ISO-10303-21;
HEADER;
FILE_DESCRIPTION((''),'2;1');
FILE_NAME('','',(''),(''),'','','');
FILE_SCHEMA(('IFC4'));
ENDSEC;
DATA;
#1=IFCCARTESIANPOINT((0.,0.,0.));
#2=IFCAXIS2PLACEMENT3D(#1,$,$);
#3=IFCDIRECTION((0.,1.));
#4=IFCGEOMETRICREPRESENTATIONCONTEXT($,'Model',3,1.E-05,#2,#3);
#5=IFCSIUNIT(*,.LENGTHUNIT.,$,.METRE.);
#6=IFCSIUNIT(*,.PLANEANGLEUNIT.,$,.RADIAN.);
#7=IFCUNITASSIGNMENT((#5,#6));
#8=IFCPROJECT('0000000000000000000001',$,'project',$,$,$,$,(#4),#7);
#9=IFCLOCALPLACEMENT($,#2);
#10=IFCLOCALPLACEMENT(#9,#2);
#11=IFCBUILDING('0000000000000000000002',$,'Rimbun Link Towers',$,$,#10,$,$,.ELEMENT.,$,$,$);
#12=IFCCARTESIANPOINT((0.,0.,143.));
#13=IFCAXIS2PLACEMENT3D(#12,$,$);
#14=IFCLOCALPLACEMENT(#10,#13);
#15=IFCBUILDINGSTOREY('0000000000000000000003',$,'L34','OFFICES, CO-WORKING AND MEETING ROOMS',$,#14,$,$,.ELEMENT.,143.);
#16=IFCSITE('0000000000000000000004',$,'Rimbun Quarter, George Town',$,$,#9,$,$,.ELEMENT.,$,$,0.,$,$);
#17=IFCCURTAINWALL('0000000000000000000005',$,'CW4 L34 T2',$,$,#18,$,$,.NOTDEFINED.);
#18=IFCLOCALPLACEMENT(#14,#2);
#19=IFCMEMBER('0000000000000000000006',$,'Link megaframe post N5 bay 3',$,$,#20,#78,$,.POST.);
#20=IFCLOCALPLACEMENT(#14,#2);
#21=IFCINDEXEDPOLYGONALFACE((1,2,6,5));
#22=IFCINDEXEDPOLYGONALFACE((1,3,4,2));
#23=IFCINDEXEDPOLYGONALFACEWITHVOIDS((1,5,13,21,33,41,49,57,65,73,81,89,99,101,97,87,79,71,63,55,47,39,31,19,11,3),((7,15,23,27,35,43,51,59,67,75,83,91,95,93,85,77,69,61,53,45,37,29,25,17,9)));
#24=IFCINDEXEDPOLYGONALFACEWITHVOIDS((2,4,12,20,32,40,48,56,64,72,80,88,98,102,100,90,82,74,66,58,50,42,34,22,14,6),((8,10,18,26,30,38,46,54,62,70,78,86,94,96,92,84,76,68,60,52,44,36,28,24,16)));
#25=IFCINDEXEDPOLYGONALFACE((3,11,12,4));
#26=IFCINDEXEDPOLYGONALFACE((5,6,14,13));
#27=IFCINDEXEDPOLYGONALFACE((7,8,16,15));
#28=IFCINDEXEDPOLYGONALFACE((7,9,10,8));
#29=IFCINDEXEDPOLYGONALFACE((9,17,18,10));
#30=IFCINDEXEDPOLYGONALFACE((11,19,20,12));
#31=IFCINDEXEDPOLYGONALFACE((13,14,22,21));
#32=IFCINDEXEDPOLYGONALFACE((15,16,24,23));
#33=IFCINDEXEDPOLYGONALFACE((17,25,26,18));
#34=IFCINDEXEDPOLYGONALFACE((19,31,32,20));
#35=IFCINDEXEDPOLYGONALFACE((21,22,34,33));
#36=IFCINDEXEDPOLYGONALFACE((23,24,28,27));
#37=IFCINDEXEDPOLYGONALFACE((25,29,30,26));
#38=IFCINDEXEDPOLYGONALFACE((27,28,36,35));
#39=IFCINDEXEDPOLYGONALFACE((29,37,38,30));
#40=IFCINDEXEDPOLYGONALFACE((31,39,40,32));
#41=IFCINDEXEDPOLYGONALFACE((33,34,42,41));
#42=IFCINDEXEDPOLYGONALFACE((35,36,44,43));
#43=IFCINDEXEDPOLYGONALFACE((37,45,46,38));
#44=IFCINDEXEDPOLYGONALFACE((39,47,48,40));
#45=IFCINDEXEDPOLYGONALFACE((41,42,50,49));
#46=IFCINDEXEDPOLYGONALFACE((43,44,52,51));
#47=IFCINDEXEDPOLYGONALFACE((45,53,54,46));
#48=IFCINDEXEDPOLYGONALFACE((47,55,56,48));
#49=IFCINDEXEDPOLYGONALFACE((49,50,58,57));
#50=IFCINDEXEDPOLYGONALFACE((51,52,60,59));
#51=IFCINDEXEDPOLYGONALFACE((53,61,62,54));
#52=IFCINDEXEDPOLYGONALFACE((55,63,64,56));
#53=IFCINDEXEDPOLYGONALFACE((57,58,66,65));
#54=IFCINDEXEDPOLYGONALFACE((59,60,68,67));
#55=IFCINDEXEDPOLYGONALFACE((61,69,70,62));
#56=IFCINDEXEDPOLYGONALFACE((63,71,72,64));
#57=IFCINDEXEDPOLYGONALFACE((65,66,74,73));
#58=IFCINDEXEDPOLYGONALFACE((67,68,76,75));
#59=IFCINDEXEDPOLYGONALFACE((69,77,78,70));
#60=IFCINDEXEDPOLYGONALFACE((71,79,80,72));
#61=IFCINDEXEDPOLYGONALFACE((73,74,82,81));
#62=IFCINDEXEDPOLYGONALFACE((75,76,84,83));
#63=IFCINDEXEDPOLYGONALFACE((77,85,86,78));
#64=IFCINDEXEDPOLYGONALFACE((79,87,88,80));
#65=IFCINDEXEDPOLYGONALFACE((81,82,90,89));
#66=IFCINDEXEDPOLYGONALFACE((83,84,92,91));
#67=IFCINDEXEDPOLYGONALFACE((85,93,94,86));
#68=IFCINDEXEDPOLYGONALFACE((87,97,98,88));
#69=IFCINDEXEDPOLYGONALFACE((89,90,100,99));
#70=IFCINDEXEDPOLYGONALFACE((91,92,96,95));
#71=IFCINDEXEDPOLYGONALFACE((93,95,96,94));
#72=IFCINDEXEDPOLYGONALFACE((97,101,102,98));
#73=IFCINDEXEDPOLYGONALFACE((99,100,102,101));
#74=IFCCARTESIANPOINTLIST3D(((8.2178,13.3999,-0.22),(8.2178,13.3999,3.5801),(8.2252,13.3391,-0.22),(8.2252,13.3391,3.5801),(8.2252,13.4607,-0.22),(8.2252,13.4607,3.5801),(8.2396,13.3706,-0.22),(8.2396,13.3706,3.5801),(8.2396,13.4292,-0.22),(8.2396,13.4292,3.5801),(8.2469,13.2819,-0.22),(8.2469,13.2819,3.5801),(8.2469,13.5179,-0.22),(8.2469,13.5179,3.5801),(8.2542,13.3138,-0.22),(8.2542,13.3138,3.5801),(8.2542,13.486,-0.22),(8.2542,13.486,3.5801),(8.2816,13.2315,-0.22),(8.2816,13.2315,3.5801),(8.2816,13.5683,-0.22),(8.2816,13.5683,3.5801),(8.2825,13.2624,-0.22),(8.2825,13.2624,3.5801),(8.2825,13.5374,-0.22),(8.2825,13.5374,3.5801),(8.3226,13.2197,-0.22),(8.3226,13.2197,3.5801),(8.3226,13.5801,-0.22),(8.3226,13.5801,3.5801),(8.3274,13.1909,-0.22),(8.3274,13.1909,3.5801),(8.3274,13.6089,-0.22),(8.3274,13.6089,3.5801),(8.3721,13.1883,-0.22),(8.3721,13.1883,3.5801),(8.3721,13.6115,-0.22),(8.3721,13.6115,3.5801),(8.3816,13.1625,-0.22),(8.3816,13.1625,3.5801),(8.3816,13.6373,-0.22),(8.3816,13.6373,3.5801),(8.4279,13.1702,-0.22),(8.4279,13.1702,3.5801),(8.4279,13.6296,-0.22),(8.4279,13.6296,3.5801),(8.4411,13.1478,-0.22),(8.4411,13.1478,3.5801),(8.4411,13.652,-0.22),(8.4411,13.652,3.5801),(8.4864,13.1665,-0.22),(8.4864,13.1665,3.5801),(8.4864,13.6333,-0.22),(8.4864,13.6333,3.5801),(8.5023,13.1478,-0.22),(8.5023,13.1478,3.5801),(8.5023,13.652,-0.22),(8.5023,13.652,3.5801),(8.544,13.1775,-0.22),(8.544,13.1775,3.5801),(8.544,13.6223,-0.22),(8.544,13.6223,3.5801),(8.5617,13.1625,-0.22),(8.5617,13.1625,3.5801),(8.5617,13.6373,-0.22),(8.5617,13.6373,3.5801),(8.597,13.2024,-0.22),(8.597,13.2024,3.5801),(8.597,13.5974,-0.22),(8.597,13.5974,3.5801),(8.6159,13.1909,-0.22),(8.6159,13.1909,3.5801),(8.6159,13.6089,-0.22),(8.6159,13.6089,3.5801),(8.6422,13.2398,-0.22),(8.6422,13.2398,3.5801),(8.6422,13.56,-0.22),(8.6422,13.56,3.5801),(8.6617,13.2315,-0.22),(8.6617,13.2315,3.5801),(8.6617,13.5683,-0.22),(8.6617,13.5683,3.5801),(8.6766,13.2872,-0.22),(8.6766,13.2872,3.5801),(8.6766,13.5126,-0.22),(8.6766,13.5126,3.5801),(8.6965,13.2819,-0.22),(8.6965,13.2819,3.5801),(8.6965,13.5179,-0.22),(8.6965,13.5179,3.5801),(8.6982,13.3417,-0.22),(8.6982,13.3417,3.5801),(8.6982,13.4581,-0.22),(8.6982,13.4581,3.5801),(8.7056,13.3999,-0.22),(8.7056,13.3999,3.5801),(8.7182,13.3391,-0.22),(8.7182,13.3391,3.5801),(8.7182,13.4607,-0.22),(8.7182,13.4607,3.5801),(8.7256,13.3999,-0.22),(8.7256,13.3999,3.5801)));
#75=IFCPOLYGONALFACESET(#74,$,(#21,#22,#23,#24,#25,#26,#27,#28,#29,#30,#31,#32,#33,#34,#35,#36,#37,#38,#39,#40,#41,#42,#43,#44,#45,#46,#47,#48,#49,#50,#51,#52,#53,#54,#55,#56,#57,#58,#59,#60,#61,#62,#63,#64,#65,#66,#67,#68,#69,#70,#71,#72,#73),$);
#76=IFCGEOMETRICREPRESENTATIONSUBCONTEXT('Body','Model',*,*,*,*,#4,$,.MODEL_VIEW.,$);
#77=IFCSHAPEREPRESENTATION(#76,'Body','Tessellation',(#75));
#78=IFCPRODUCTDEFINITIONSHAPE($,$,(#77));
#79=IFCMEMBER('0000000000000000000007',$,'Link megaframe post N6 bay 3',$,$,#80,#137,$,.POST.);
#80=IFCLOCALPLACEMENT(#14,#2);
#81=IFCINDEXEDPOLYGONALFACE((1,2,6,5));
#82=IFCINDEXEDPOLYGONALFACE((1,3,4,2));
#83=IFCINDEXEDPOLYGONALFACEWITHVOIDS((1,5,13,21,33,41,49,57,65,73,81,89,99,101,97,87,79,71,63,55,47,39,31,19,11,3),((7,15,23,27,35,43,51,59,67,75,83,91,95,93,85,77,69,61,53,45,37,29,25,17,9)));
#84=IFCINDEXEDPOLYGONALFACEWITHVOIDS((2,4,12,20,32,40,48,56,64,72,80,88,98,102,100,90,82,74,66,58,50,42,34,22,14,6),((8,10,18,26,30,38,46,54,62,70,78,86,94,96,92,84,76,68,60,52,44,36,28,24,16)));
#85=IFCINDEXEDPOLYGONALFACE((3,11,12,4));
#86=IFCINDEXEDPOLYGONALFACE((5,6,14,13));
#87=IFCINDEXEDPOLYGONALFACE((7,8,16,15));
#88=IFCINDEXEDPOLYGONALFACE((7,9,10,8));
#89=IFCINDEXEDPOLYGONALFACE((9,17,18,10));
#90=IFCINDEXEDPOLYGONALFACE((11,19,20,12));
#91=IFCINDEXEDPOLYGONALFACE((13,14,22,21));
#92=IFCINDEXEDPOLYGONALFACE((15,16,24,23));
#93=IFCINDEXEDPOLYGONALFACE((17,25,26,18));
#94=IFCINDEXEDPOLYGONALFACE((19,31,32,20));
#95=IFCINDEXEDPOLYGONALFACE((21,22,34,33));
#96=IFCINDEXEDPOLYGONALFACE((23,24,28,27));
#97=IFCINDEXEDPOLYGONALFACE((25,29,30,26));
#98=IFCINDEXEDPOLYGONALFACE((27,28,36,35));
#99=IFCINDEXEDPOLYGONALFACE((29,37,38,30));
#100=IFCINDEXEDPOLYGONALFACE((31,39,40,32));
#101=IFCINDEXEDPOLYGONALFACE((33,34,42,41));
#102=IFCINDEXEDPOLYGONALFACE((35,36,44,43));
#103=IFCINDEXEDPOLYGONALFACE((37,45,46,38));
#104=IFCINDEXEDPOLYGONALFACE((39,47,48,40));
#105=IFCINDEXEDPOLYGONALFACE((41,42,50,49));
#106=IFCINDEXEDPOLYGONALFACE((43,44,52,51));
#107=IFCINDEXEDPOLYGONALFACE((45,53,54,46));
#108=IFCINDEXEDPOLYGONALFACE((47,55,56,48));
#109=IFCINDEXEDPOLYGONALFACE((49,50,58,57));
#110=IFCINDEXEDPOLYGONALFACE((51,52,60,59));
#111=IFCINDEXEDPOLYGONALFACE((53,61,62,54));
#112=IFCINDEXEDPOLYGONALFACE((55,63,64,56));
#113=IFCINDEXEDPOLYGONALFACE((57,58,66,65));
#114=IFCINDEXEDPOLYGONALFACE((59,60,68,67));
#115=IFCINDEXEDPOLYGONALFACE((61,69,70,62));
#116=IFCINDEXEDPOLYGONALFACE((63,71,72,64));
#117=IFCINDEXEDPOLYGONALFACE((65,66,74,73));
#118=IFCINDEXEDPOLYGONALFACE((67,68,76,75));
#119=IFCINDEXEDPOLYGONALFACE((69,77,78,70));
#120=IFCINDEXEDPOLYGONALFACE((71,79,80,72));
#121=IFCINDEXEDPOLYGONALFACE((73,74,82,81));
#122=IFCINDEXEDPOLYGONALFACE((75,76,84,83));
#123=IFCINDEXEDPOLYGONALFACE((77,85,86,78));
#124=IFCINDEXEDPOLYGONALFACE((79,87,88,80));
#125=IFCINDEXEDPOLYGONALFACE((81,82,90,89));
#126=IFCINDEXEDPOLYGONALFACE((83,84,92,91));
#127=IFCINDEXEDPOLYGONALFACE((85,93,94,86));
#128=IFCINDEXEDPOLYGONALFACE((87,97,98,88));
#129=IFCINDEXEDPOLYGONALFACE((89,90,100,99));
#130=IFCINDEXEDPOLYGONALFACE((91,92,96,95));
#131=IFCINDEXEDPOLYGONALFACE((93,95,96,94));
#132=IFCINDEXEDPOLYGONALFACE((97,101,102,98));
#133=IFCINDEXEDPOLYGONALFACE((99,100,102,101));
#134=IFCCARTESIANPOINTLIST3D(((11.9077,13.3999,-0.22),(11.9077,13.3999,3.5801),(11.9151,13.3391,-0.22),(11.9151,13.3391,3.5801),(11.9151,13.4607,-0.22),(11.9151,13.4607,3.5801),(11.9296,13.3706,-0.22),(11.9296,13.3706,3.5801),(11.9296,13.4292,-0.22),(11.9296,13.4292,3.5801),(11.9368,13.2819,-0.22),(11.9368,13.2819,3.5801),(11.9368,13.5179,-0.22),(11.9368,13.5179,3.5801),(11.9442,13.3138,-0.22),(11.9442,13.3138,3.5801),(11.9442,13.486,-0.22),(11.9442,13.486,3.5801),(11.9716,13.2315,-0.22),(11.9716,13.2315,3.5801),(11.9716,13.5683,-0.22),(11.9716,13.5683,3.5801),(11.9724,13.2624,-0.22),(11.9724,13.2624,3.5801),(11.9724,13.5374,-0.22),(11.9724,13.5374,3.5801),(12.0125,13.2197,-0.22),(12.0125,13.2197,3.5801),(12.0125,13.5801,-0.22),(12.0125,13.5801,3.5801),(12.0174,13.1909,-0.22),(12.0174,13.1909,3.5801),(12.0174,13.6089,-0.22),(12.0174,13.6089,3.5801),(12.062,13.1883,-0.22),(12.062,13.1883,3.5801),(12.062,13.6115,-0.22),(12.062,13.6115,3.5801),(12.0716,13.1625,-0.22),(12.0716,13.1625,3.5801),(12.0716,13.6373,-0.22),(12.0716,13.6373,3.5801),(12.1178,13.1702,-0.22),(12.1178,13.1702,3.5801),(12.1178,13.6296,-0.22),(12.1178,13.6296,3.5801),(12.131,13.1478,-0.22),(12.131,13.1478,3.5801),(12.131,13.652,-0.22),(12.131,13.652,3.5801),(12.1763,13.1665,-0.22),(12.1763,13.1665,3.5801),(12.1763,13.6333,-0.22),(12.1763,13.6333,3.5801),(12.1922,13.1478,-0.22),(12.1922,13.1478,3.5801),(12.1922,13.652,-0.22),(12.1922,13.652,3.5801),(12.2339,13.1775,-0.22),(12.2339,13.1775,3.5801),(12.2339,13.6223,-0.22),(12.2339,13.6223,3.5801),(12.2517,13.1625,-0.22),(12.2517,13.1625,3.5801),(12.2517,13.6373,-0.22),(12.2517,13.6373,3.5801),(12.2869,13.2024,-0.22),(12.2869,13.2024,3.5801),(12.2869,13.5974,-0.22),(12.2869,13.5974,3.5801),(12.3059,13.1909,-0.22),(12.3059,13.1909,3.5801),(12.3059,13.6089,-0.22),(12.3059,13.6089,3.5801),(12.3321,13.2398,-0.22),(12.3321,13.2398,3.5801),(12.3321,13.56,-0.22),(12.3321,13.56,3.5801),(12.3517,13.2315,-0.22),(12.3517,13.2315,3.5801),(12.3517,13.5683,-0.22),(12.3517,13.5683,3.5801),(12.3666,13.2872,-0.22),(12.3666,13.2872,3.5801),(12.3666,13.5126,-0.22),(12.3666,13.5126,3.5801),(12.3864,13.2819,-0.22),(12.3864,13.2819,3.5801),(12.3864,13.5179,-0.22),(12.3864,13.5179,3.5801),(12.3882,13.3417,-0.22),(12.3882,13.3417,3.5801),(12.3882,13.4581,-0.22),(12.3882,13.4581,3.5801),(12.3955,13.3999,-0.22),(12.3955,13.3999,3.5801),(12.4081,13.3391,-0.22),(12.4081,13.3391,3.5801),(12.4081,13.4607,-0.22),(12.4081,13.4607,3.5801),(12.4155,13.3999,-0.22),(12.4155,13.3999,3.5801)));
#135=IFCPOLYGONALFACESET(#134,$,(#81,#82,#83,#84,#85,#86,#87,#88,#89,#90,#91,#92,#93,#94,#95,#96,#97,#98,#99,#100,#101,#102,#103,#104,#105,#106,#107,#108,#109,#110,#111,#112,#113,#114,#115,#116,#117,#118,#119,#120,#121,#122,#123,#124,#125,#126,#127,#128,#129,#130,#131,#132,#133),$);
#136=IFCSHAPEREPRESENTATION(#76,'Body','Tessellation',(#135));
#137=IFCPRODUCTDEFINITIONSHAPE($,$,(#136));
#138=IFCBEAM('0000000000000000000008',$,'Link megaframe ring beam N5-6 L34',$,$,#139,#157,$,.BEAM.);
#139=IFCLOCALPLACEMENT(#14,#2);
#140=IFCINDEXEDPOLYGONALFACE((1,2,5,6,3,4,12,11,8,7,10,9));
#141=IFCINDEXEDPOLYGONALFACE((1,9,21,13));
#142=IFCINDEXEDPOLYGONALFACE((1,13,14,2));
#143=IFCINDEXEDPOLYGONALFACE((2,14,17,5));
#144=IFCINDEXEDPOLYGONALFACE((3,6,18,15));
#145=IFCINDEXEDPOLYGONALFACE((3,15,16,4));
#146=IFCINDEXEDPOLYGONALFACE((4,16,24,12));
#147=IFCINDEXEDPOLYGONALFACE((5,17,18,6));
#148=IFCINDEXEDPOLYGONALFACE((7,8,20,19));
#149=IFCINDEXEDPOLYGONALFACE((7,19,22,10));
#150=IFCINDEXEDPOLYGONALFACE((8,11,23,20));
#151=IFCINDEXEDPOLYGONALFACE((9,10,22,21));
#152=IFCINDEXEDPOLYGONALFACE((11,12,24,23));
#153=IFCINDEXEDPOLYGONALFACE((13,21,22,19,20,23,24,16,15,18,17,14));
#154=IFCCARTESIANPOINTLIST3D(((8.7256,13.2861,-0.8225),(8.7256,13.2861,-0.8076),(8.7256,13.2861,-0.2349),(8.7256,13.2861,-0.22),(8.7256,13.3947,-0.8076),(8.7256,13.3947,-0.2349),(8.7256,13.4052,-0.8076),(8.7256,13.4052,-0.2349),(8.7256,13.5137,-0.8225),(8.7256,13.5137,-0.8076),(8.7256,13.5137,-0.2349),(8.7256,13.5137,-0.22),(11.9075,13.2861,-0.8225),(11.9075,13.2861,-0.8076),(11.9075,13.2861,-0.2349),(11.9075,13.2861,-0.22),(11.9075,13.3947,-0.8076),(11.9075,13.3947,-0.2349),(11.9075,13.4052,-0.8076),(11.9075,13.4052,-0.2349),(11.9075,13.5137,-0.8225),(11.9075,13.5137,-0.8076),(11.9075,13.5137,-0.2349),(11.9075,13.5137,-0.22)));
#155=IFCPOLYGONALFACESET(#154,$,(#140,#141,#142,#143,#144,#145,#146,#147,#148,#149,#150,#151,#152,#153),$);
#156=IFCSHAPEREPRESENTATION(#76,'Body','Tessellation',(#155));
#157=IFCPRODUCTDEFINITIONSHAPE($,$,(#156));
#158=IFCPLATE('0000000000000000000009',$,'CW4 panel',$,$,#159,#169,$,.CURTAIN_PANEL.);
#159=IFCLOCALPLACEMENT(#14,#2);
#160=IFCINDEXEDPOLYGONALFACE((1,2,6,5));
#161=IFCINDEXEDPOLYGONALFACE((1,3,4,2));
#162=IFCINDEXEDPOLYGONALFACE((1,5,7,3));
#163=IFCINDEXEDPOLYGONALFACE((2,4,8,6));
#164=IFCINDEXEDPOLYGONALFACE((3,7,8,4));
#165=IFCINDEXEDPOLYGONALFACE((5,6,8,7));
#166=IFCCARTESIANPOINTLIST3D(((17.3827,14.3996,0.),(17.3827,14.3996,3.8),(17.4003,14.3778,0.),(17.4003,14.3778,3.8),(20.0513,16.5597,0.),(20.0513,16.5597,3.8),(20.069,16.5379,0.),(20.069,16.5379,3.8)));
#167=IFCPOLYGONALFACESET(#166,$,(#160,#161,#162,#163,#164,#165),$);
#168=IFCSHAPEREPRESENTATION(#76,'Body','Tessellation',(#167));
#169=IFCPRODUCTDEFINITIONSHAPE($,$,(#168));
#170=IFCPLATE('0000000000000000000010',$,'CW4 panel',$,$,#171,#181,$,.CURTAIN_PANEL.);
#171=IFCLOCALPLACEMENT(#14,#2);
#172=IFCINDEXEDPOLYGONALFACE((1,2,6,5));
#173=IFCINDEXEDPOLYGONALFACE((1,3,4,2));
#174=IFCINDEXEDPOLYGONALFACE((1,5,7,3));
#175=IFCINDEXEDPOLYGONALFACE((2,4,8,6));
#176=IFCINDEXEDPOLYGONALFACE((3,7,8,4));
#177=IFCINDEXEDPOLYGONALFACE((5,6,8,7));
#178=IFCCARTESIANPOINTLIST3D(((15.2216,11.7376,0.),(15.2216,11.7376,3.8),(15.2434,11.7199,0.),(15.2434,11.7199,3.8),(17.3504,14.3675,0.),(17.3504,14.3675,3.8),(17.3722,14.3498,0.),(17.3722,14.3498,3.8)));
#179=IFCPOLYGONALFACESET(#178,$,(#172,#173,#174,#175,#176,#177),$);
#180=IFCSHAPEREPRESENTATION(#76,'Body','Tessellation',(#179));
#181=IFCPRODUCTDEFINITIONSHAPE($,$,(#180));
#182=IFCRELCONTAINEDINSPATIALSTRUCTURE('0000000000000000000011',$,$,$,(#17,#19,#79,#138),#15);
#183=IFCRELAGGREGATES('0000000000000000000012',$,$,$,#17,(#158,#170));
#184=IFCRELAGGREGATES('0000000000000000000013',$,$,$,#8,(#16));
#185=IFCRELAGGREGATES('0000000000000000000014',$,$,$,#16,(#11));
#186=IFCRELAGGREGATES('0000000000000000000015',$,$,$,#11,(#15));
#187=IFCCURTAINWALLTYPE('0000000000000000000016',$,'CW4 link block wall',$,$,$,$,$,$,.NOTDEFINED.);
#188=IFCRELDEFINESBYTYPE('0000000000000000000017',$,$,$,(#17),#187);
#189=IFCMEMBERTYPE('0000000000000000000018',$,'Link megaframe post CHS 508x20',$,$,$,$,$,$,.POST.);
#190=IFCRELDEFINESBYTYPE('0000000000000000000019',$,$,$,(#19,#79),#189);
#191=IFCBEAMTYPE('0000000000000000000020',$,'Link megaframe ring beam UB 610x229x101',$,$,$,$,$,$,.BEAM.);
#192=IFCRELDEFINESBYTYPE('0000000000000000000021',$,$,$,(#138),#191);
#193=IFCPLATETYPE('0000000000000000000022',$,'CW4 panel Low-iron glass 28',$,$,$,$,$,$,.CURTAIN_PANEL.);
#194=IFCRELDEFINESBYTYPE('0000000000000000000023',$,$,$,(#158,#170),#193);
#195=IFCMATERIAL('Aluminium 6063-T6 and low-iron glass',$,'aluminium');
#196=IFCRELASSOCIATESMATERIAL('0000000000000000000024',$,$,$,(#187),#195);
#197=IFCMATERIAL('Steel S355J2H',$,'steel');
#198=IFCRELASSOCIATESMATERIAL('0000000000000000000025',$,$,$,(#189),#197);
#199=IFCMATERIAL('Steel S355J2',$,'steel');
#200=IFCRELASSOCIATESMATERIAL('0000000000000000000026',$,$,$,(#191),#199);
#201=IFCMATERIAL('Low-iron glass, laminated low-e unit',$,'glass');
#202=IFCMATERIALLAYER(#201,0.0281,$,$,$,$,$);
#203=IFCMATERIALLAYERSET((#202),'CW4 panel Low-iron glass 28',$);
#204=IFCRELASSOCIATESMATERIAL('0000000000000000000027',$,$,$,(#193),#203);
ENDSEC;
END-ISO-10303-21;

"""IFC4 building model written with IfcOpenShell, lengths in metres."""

from ifc_helpers import new_model, si_unit, direction, frame, origin, origin_2d, place, context, subcontext, project, spatial, rectangle, hollow_circle, i_section, extrude, material, layer, layer_set, material_profile, profile_set, type_object, element, aggregate, save


model = new_model("IFC4")

# Units and contexts
model_context = context("Model", 3, precision=1e-05, world=origin(), true_north=direction((0.0, 1.0)))
body_context = subcontext(model_context, "Body", "Model", "MODEL_VIEW")
ifc_project = project(units=[si_unit("LENGTHUNIT", "METRE"), si_unit("PLANEANGLEUNIT", "RADIAN")], contexts=[model_context])

# Site, building, storey
site_placement = place(None, origin())
site = spatial("IfcSite", under=ifc_project, at=site_placement, Name="Rimbun Quarter, George Town", CompositionType="ELEMENT", RefElevation=0.0)
building_placement = place(site_placement, origin())
building = spatial("IfcBuilding", under=site, at=building_placement, Name="Rimbun Link Towers", CompositionType="ELEMENT")
storey_placement = place(building_placement, frame((0.0, 0.0, 143.0)))
storey = spatial("IfcBuildingStorey", under=building, at=storey_placement, Name="L34", Description="OFFICES, CO-WORKING AND MEETING ROOMS", CompositionType="ELEMENT", Elevation=143.0)

# Curtain wall
ifc_material_1 = material(Name="Aluminium 6063-T6 and low-iron glass", Category="aluminium")
curtain_wall_type = type_object("IfcCurtainWallType", Name="CW4 link block wall", PredefinedType="NOTDEFINED", material=ifc_material_1)
curtain_wall_placement = place(storey_placement, origin())
curtain_wall = element("IfcCurtainWall", 1, at=curtain_wall_placement, inside=storey, type_object=curtain_wall_type, Name="CW4 L34 T2", PredefinedType="NOTDEFINED")

# Members
ifc_material_2 = material(Name="Steel S355J2H", Category="steel")
ifc_material_profile_1 = material_profile(ifc_material_2, hollow_circle(Radius=0.2539, WallThickness=0.02, at=origin_2d()), Name="CHS 508x20")
ifc_profile_set_1 = profile_set([ifc_material_profile_1], Name="Steel S355J2H")
member_type_1 = type_object("IfcMemberType", Name="Link megaframe post CHS 508x20", PredefinedType="POST", material=ifc_profile_set_1)
for number, where, z_axis, x_axis, name in (
    (2, (8.4717, 13.3999, -0.22), (0.0, 0.0, 1.0), (1.0, 0.0, 0.0), "Link megaframe post N5 bay 3"),
    (3, (12.1616, 13.3999, -0.22), (0.0, 0.0, 1.0), (1.0, 0.0, 0.0), "Link megaframe post N6 bay 3"),
):
    element("IfcMember", number, at=place(storey_placement, frame(where, z_axis=z_axis, x_axis=x_axis)), inside=storey, type_object=member_type_1, Name=name, PredefinedType="POST", context=body_context, shape_type="SweptSolid", body=[
        extrude(hollow_circle(Radius=0.2539, WallThickness=0.02, at=origin_2d()), origin(), (0.0, 0.0, 1.0), 3.8),
    ])

# Beam
ifc_material_3 = material(Name="Steel S355J2", Category="steel")
ifc_material_profile_2 = material_profile(ifc_material_3, i_section(OverallWidth=0.2275, OverallDepth=0.6025, WebThickness=0.0105, FlangeThickness=0.0149, at=origin_2d()), Name="UB 610x229x101")
ifc_profile_set_2 = profile_set([ifc_material_profile_2], Name="Steel S355J2")
beam_type = type_object("IfcBeamType", Name="Link megaframe ring beam UB 610x229x101", PredefinedType="BEAM", material=ifc_profile_set_2)
beam_placement = place(storey_placement, frame((8.7256, 13.3999, -0.5212), z_axis=(1.0, 0.0, 0.0), x_axis=(0.0, 1.0, 0.0)))
element("IfcBeam", 4, at=beam_placement, inside=storey, type_object=beam_type, Name="Link megaframe ring beam N5-6 L34", PredefinedType="BEAM", context=body_context, shape_type="SweptSolid", body=[
    extrude(i_section(OverallWidth=0.2275, OverallDepth=0.6025, WebThickness=0.0105, FlangeThickness=0.0149, at=origin_2d()), origin(), (0.0, 0.0, 1.0), 3.1819),
])

# Plates
ifc_material_4 = material(Name="Low-iron glass, laminated low-e unit", Category="glass")
ifc_layer_1 = layer(ifc_material_4, 0.0281)
ifc_layer_set_1 = layer_set([ifc_layer_1], Name="CW4 panel Low-iron glass 28")
plate_type = type_object("IfcPlateType", Name="CW4 panel Low-iron glass 28", PredefinedType="CURTAIN_PANEL", material=ifc_layer_set_1)
plate_1_placement = place(storey_placement, frame((18.7258, 15.4688, 0.0), z_axis=(0.0, 0.0, 1.0), x_axis=(0.777277, 0.629159, 0.0)))
plate_1 = element("IfcPlate", 5, at=plate_1_placement, type_object=plate_type, Name="CW4 panel", PredefinedType="CURTAIN_PANEL", context=body_context, shape_type="SweptSolid", body=[
    extrude(rectangle(XDim=3.4333, YDim=0.0281, at=origin_2d()), origin(), (0.0, 0.0, 1.0), 3.8),
])
plate_2_placement = place(storey_placement, frame((16.2969, 13.0437, 0.0), z_axis=(0.0, 0.0, 1.0), x_axis=(0.629159, 0.777277, 0.0)))
plate_2 = element("IfcPlate", 6, at=plate_2_placement, type_object=plate_type, Name="CW4 panel", PredefinedType="CURTAIN_PANEL", context=body_context, shape_type="SweptSolid", body=[
    extrude(rectangle(XDim=3.3835, YDim=0.0281, at=origin_2d()), origin(), (0.0, 0.0, 1.0), 3.8),
])
aggregate(curtain_wall, [plate_1, plate_2])

save(model, "model.ifc")
